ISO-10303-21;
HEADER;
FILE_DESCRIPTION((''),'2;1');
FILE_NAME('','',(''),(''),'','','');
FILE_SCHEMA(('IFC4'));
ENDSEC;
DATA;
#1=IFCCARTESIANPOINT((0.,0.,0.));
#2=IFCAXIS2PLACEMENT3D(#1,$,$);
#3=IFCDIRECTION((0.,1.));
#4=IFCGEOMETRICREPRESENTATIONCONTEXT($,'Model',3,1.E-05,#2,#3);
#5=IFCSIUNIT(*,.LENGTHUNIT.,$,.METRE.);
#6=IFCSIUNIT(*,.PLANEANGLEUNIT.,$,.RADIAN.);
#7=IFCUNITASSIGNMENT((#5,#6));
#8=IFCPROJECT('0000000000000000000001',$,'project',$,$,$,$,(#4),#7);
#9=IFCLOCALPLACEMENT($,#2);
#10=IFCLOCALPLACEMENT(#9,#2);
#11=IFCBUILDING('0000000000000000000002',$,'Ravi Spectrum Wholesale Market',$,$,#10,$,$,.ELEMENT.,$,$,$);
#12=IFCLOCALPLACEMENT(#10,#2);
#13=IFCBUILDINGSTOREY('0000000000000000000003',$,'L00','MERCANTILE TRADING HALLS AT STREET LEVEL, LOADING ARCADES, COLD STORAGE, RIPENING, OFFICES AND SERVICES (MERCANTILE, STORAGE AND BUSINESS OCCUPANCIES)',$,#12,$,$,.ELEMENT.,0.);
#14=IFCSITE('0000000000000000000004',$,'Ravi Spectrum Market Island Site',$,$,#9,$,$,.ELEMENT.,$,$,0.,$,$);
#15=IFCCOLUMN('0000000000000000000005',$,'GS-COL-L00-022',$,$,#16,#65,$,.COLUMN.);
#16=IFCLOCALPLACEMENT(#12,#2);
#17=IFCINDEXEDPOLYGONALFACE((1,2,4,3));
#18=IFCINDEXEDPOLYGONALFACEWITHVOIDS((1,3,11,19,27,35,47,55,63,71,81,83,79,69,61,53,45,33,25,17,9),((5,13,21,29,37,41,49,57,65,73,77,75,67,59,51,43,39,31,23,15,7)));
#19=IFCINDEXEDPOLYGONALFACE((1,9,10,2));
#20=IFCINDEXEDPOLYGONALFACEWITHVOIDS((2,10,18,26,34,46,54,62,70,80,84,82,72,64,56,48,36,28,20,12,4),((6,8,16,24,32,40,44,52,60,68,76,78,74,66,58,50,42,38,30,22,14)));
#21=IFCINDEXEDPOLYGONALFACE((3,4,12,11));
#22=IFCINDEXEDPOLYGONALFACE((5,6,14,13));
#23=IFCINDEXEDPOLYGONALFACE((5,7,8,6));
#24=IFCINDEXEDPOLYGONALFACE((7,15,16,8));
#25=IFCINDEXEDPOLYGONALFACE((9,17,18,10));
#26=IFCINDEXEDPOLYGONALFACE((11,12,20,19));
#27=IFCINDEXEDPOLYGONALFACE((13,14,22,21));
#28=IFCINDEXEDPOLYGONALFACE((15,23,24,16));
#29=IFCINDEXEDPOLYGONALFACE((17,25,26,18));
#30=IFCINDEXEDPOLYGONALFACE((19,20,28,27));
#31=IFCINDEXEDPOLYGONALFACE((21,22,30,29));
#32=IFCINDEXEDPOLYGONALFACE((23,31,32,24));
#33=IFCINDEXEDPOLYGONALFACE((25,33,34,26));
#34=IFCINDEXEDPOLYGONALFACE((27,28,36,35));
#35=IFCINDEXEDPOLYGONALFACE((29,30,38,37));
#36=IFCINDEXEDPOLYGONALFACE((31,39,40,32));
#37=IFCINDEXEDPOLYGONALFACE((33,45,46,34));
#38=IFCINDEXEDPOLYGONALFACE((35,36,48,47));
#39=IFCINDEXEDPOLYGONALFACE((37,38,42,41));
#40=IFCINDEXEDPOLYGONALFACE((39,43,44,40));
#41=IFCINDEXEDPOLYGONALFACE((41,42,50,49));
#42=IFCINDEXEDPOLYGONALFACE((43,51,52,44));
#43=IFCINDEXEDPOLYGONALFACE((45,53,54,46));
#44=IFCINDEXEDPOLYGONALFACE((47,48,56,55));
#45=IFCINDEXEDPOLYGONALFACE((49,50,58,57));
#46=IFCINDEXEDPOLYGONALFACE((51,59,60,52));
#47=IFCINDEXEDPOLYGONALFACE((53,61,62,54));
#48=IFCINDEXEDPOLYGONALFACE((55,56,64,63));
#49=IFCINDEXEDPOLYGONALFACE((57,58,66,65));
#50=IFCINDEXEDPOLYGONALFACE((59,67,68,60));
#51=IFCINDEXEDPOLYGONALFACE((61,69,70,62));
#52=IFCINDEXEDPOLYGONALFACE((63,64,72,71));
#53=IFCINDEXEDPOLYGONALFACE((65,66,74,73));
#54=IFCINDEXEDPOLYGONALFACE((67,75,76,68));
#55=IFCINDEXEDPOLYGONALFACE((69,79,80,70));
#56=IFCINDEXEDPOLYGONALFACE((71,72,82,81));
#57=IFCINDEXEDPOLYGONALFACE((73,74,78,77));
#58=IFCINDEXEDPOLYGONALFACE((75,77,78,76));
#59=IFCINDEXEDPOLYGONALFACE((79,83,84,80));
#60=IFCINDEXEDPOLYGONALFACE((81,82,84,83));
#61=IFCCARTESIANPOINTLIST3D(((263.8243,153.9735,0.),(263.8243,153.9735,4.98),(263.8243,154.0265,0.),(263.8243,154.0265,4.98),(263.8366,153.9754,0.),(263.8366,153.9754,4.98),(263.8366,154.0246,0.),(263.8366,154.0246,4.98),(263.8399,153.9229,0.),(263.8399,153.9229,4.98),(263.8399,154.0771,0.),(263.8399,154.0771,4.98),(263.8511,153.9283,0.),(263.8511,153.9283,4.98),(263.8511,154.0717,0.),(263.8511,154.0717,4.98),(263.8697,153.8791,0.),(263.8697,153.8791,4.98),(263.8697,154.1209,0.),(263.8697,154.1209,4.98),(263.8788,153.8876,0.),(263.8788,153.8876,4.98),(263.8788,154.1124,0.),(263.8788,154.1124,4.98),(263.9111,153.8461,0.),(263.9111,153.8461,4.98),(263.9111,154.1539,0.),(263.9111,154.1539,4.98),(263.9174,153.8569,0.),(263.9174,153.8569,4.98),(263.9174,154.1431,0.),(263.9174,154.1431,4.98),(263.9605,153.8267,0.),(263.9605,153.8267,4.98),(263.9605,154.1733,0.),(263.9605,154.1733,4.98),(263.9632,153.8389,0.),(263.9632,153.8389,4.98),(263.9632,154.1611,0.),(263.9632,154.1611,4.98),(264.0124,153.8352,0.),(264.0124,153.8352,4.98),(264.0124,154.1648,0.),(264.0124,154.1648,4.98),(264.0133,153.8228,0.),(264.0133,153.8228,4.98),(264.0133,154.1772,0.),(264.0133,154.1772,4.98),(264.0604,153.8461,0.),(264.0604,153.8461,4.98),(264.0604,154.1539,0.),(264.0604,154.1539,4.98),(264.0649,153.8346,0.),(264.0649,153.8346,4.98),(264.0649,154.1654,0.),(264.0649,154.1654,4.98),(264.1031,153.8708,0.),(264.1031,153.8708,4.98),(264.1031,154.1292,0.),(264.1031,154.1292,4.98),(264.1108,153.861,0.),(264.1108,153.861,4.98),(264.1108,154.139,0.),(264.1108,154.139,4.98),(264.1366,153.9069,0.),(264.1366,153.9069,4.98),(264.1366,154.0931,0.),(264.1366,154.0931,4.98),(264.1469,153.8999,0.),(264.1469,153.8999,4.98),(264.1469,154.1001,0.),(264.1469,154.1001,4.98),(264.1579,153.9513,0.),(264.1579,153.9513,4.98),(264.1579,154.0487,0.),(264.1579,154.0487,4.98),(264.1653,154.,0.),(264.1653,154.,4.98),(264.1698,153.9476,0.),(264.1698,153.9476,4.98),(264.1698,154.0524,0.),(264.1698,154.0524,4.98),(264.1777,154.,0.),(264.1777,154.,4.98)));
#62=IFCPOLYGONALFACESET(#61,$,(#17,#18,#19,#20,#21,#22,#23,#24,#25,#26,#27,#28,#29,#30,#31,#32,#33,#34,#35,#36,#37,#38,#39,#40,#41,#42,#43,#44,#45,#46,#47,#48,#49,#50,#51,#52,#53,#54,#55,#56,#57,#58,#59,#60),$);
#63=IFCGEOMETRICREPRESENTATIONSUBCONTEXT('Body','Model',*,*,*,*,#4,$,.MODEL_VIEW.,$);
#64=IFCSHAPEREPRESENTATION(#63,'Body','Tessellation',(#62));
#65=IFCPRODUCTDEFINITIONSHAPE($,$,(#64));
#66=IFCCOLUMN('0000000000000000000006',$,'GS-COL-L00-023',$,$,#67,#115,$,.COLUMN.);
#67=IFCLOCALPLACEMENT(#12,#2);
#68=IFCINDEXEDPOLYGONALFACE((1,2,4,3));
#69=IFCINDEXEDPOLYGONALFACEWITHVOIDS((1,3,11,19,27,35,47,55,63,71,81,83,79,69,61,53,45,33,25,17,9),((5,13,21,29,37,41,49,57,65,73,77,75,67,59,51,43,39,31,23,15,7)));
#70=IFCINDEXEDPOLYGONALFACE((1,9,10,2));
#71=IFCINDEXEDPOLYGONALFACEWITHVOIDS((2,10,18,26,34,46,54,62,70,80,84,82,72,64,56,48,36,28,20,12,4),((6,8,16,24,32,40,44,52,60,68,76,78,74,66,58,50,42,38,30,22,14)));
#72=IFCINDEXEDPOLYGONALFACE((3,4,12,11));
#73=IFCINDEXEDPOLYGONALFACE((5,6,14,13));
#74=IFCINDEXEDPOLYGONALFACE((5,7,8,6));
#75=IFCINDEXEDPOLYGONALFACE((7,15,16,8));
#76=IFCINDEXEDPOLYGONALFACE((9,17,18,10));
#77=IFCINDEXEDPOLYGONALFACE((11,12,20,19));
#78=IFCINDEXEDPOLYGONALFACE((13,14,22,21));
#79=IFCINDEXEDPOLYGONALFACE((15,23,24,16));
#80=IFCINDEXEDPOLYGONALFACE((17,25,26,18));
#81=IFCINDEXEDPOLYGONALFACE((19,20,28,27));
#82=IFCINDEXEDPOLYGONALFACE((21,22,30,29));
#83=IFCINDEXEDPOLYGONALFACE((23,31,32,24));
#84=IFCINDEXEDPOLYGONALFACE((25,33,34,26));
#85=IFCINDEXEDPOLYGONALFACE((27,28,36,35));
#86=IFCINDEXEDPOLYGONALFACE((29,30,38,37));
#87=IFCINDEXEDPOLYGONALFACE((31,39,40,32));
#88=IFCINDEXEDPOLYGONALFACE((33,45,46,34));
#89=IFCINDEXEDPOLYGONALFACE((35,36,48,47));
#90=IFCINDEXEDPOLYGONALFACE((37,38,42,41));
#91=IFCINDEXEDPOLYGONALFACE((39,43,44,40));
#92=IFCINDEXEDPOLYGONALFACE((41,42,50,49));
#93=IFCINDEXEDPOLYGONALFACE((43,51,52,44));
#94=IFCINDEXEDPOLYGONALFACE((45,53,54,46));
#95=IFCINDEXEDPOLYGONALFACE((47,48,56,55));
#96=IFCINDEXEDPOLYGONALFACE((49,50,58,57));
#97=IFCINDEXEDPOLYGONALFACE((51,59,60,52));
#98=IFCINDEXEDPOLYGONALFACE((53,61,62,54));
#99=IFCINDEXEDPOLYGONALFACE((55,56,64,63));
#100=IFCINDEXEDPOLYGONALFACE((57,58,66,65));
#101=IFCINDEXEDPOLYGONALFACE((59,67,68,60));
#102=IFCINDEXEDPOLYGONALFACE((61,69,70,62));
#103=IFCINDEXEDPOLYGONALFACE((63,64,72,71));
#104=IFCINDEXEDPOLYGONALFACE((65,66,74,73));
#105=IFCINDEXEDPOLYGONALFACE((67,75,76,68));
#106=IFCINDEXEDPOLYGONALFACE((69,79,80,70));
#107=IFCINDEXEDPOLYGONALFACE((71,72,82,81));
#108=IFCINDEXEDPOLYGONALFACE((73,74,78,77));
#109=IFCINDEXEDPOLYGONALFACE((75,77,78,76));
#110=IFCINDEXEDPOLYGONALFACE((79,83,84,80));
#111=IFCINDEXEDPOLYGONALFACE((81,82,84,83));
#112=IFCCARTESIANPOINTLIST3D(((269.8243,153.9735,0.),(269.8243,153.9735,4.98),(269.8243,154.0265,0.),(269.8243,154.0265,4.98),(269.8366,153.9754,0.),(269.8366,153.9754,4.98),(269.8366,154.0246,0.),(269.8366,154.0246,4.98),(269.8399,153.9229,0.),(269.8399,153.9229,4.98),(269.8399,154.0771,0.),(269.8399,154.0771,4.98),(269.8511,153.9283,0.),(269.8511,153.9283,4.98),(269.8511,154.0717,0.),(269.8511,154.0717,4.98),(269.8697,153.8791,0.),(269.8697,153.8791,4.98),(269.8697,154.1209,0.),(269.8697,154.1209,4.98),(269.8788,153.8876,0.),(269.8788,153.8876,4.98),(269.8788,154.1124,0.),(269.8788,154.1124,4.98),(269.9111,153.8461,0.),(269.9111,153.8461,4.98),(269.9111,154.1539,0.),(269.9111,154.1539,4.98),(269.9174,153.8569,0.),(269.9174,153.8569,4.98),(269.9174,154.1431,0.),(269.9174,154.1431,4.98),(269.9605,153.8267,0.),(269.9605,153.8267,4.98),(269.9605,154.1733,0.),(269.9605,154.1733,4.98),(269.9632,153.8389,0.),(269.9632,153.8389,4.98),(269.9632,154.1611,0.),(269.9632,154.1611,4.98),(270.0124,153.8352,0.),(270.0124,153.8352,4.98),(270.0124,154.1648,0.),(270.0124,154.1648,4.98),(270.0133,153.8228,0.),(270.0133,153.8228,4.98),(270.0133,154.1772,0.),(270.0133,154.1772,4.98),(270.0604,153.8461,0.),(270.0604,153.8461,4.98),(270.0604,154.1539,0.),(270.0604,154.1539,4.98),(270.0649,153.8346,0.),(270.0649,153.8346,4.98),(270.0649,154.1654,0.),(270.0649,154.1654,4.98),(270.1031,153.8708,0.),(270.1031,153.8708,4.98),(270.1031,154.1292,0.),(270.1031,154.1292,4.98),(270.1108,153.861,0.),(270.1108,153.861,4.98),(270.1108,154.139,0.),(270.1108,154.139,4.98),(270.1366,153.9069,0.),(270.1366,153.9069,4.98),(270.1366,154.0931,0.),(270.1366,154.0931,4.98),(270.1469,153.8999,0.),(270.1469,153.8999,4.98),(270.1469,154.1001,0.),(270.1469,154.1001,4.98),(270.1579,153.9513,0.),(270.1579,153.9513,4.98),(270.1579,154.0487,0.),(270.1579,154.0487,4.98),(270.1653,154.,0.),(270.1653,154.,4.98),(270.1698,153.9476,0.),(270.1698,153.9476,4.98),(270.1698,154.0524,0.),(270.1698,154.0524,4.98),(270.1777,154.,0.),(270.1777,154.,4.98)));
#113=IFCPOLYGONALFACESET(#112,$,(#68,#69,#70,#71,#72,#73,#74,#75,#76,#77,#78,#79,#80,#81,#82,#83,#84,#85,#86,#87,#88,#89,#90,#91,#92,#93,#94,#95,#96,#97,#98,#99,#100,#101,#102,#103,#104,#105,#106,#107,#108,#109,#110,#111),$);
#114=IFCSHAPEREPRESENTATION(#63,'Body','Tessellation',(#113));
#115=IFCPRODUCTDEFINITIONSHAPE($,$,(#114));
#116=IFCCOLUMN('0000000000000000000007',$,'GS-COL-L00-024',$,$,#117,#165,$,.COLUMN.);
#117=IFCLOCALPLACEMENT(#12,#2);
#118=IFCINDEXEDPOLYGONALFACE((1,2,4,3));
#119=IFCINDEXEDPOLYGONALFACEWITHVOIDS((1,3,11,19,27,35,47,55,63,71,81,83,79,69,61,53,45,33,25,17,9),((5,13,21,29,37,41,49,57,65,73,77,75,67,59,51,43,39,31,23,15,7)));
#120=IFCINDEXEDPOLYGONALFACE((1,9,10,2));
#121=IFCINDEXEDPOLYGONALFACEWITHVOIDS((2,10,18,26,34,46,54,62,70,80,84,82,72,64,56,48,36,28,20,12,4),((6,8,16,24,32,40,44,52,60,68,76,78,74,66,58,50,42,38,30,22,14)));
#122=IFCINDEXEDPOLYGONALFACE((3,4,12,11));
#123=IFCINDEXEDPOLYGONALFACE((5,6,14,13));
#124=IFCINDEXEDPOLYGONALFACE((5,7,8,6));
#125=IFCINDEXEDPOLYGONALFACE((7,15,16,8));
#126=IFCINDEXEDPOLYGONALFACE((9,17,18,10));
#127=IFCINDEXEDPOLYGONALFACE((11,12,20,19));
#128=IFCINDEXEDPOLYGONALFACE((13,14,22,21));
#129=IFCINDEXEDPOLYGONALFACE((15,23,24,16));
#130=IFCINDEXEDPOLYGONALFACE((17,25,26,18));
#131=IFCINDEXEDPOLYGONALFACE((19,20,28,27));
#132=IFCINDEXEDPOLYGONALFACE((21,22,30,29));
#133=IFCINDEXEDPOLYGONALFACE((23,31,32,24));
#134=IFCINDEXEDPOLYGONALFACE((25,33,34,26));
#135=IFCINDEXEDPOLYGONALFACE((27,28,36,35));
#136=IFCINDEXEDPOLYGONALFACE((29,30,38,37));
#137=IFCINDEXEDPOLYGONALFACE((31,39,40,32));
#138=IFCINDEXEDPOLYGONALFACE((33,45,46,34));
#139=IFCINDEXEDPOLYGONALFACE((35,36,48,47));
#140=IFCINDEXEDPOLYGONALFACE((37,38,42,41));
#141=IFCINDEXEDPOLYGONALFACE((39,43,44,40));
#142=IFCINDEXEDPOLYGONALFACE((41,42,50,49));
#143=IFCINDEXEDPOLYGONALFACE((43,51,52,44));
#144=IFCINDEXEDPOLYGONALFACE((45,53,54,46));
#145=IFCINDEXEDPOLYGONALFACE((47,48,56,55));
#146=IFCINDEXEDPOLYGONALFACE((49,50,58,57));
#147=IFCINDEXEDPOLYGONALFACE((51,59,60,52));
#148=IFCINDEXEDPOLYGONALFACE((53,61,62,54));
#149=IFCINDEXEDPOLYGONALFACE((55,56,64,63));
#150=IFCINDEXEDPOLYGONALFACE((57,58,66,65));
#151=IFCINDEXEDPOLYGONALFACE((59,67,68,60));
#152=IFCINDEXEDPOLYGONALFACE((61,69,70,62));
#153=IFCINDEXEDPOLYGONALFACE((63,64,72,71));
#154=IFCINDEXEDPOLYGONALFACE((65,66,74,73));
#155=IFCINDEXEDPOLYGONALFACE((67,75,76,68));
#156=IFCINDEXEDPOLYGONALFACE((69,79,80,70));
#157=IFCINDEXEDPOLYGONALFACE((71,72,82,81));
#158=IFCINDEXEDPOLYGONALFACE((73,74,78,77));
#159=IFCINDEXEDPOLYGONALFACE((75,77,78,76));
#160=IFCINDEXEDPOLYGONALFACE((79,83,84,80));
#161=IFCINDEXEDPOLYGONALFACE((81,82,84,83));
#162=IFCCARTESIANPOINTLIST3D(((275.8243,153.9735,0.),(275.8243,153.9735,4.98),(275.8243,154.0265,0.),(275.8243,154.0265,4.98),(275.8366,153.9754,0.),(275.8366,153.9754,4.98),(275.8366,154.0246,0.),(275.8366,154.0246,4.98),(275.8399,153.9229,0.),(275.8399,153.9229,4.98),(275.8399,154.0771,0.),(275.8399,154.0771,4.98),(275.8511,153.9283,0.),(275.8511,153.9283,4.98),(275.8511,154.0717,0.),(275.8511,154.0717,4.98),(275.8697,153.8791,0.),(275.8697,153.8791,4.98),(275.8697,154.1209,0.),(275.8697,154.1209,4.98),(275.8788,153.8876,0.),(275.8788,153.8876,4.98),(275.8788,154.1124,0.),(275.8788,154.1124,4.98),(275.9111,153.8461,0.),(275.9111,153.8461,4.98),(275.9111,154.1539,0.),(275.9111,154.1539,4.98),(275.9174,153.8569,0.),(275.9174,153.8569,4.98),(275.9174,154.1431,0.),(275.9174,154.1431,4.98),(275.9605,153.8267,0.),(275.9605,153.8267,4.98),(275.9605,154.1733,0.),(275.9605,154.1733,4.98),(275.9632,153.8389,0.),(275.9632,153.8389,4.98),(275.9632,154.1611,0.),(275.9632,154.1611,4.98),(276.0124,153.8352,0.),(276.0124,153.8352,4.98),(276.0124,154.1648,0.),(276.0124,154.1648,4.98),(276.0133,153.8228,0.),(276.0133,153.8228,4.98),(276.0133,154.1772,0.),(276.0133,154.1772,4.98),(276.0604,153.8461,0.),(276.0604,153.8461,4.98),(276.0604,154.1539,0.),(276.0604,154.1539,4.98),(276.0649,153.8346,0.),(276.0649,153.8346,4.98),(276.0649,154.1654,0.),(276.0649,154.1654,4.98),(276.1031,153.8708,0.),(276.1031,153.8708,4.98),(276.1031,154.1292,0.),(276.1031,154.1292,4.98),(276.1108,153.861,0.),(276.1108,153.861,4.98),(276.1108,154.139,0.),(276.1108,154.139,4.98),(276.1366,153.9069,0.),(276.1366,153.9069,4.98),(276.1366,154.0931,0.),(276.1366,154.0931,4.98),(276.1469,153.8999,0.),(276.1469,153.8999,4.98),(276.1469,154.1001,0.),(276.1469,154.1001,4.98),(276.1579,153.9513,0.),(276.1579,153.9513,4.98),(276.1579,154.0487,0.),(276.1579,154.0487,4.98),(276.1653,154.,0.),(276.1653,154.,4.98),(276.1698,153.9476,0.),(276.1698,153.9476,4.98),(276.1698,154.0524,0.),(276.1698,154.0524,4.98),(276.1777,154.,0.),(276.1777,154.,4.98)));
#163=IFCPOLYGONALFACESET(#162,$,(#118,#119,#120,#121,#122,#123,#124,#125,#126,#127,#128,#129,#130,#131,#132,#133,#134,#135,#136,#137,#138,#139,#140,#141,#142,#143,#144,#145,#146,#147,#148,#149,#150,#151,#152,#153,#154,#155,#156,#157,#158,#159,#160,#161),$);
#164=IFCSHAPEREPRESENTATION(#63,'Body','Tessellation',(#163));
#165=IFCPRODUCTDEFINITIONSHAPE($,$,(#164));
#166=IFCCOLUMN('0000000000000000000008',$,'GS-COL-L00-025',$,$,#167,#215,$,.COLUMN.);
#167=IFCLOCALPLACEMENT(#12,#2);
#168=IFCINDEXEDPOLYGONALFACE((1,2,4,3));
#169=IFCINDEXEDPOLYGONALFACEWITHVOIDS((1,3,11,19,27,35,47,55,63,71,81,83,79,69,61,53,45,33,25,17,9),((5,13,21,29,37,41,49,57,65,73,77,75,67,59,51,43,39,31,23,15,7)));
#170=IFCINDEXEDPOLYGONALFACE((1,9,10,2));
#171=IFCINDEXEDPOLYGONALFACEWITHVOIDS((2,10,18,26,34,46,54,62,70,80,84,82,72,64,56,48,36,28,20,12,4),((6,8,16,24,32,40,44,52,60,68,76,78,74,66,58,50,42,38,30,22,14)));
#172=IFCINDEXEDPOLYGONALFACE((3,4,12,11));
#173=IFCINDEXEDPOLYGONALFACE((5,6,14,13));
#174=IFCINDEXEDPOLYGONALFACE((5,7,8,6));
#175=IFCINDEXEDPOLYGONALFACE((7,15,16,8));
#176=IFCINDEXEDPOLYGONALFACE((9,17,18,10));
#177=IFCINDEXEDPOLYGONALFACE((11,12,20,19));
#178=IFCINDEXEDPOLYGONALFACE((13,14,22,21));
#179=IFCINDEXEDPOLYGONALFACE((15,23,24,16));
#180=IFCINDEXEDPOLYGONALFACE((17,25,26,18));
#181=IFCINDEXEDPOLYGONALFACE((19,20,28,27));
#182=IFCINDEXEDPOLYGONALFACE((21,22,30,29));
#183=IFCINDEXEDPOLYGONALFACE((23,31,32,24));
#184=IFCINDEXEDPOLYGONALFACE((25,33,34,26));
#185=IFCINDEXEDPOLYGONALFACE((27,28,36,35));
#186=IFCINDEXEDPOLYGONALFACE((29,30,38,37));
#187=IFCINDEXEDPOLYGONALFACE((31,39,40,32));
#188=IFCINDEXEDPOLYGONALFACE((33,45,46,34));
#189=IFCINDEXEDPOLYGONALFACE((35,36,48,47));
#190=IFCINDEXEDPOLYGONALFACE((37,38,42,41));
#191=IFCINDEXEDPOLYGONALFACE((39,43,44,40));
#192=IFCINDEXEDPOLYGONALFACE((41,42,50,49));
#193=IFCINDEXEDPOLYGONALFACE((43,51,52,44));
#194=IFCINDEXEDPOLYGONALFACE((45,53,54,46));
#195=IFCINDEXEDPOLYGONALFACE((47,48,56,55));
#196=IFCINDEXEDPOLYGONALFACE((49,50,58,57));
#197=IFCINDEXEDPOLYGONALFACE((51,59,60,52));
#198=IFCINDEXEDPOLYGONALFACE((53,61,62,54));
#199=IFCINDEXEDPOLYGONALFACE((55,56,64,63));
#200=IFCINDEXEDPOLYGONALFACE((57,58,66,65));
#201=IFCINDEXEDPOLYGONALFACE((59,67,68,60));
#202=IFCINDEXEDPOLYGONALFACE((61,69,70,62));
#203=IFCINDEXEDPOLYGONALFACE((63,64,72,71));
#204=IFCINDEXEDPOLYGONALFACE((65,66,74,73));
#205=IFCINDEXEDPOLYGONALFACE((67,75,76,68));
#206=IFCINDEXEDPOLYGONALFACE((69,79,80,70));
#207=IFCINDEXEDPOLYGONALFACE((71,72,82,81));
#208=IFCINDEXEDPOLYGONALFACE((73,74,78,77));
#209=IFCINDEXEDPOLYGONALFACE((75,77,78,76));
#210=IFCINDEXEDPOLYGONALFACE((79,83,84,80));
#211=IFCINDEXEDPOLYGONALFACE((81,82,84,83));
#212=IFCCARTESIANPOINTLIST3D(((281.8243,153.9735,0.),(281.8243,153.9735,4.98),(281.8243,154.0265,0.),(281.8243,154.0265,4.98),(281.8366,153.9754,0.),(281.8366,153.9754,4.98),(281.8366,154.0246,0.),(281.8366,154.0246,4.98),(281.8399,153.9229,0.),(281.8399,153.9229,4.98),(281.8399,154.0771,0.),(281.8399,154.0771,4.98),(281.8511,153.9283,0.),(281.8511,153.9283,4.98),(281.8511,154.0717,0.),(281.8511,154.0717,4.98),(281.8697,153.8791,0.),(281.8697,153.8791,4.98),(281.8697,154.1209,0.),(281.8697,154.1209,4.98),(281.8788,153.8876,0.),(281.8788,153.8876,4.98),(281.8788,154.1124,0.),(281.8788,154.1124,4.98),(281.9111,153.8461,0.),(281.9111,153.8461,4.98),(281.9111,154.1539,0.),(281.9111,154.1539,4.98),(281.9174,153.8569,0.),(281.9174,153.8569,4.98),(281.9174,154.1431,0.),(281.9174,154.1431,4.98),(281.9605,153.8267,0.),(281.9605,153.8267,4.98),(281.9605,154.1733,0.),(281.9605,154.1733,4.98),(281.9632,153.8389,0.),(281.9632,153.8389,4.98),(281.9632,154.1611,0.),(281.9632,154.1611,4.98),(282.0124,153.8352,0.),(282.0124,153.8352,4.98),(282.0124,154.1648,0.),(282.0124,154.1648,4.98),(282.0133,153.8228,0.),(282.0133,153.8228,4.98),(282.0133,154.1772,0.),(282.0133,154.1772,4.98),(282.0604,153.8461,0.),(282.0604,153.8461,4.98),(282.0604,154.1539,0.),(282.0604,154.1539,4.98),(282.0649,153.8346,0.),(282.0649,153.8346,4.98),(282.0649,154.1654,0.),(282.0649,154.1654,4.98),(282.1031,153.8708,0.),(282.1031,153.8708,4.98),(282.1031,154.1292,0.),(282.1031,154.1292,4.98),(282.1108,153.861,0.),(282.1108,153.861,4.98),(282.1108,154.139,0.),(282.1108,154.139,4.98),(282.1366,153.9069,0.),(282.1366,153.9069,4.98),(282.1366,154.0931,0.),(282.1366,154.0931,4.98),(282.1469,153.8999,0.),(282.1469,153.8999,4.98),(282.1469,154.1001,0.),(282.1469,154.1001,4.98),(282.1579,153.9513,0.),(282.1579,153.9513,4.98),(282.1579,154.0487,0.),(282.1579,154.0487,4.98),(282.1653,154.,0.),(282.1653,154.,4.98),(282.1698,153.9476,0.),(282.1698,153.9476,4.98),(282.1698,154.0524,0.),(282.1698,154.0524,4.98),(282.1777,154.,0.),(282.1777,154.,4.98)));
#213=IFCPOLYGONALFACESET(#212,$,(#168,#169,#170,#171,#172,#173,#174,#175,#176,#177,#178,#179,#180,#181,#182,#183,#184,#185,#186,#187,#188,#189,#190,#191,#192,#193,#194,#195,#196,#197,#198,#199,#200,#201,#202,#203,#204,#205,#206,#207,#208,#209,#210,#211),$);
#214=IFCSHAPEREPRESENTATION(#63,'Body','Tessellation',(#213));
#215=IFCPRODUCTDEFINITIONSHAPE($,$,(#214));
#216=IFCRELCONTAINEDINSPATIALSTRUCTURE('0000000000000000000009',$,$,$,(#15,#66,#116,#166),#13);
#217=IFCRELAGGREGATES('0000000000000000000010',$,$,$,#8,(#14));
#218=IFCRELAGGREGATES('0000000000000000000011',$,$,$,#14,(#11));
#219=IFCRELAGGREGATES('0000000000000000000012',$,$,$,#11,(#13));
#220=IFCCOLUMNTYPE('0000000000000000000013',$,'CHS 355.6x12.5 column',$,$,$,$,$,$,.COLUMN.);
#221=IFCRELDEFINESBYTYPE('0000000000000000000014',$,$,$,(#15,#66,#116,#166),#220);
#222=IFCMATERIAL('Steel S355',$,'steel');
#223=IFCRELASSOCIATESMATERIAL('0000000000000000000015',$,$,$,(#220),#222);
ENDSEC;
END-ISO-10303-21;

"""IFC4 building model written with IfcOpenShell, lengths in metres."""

from ifc_helpers import new_model, si_unit, direction, frame, origin, origin_2d, place, context, subcontext, project, spatial, hollow_circle, extrude, material, material_profile, profile_set, type_object, element, save


model = new_model("IFC4")

# Units and contexts
model_context = context("Model", 3, precision=1e-05, world=origin(), true_north=direction((0.0, 1.0)))
body_context = subcontext(model_context, "Body", "Model", "MODEL_VIEW")
ifc_project = project(units=[si_unit("LENGTHUNIT", "METRE"), si_unit("PLANEANGLEUNIT", "RADIAN")], contexts=[model_context])

# Site, building, storey
site_placement = place(None, origin())
site = spatial("IfcSite", under=ifc_project, at=site_placement, Name="Ravi Spectrum Market Island Site", CompositionType="ELEMENT", RefElevation=0.0)
building_placement = place(site_placement, origin())
building = spatial("IfcBuilding", under=site, at=building_placement, Name="Ravi Spectrum Wholesale Market", CompositionType="ELEMENT")
storey_placement = place(building_placement, origin())
storey = spatial("IfcBuildingStorey", under=building, at=storey_placement, Name="L00", Description="MERCANTILE TRADING HALLS AT STREET LEVEL, LOADING ARCADES, COLD STORAGE, RIPENING, OFFICES AND SERVICES (MERCANTILE, STORAGE AND BUSINESS OCCUPANCIES)", CompositionType="ELEMENT", Elevation=0.0)

# Columns
ifc_material_1 = material(Name="Steel S355", Category="steel")
ifc_material_profile_1 = material_profile(ifc_material_1, hollow_circle(Radius=0.1777, WallThickness=0.0125, at=origin_2d()))
ifc_profile_set_1 = profile_set([ifc_material_profile_1], Name="Steel S355")
column_type = type_object("IfcColumnType", Name="CHS 355.6x12.5 column", PredefinedType="COLUMN", material=ifc_profile_set_1)
for number, where, z_axis, x_axis, name in (
    (1, (264.0, 154.0, 0.0), (0.0, 0.0, 1.0), (1.0, 0.0, 0.0), "GS-COL-L00-022"),
    (2, (270.0, 154.0, 0.0), (0.0, 0.0, 1.0), (1.0, 0.0, 0.0), "GS-COL-L00-023"),
    (3, (276.0, 154.0, 0.0), (0.0, 0.0, 1.0), (1.0, 0.0, 0.0), "GS-COL-L00-024"),
    (4, (282.0, 154.0, 0.0), (0.0, 0.0, 1.0), (1.0, 0.0, 0.0), "GS-COL-L00-025"),
):
    element("IfcColumn", number, at=place(storey_placement, frame(where, z_axis=z_axis, x_axis=x_axis)), inside=storey, type_object=column_type, Name=name, PredefinedType="COLUMN", context=body_context, shape_type="SweptSolid", body=[
        extrude(hollow_circle(Radius=0.1777, WallThickness=0.0125, at=origin_2d()), origin(), (0.0, 0.0, 1.0), 4.98),
    ])

save(model, "model.ifc")
